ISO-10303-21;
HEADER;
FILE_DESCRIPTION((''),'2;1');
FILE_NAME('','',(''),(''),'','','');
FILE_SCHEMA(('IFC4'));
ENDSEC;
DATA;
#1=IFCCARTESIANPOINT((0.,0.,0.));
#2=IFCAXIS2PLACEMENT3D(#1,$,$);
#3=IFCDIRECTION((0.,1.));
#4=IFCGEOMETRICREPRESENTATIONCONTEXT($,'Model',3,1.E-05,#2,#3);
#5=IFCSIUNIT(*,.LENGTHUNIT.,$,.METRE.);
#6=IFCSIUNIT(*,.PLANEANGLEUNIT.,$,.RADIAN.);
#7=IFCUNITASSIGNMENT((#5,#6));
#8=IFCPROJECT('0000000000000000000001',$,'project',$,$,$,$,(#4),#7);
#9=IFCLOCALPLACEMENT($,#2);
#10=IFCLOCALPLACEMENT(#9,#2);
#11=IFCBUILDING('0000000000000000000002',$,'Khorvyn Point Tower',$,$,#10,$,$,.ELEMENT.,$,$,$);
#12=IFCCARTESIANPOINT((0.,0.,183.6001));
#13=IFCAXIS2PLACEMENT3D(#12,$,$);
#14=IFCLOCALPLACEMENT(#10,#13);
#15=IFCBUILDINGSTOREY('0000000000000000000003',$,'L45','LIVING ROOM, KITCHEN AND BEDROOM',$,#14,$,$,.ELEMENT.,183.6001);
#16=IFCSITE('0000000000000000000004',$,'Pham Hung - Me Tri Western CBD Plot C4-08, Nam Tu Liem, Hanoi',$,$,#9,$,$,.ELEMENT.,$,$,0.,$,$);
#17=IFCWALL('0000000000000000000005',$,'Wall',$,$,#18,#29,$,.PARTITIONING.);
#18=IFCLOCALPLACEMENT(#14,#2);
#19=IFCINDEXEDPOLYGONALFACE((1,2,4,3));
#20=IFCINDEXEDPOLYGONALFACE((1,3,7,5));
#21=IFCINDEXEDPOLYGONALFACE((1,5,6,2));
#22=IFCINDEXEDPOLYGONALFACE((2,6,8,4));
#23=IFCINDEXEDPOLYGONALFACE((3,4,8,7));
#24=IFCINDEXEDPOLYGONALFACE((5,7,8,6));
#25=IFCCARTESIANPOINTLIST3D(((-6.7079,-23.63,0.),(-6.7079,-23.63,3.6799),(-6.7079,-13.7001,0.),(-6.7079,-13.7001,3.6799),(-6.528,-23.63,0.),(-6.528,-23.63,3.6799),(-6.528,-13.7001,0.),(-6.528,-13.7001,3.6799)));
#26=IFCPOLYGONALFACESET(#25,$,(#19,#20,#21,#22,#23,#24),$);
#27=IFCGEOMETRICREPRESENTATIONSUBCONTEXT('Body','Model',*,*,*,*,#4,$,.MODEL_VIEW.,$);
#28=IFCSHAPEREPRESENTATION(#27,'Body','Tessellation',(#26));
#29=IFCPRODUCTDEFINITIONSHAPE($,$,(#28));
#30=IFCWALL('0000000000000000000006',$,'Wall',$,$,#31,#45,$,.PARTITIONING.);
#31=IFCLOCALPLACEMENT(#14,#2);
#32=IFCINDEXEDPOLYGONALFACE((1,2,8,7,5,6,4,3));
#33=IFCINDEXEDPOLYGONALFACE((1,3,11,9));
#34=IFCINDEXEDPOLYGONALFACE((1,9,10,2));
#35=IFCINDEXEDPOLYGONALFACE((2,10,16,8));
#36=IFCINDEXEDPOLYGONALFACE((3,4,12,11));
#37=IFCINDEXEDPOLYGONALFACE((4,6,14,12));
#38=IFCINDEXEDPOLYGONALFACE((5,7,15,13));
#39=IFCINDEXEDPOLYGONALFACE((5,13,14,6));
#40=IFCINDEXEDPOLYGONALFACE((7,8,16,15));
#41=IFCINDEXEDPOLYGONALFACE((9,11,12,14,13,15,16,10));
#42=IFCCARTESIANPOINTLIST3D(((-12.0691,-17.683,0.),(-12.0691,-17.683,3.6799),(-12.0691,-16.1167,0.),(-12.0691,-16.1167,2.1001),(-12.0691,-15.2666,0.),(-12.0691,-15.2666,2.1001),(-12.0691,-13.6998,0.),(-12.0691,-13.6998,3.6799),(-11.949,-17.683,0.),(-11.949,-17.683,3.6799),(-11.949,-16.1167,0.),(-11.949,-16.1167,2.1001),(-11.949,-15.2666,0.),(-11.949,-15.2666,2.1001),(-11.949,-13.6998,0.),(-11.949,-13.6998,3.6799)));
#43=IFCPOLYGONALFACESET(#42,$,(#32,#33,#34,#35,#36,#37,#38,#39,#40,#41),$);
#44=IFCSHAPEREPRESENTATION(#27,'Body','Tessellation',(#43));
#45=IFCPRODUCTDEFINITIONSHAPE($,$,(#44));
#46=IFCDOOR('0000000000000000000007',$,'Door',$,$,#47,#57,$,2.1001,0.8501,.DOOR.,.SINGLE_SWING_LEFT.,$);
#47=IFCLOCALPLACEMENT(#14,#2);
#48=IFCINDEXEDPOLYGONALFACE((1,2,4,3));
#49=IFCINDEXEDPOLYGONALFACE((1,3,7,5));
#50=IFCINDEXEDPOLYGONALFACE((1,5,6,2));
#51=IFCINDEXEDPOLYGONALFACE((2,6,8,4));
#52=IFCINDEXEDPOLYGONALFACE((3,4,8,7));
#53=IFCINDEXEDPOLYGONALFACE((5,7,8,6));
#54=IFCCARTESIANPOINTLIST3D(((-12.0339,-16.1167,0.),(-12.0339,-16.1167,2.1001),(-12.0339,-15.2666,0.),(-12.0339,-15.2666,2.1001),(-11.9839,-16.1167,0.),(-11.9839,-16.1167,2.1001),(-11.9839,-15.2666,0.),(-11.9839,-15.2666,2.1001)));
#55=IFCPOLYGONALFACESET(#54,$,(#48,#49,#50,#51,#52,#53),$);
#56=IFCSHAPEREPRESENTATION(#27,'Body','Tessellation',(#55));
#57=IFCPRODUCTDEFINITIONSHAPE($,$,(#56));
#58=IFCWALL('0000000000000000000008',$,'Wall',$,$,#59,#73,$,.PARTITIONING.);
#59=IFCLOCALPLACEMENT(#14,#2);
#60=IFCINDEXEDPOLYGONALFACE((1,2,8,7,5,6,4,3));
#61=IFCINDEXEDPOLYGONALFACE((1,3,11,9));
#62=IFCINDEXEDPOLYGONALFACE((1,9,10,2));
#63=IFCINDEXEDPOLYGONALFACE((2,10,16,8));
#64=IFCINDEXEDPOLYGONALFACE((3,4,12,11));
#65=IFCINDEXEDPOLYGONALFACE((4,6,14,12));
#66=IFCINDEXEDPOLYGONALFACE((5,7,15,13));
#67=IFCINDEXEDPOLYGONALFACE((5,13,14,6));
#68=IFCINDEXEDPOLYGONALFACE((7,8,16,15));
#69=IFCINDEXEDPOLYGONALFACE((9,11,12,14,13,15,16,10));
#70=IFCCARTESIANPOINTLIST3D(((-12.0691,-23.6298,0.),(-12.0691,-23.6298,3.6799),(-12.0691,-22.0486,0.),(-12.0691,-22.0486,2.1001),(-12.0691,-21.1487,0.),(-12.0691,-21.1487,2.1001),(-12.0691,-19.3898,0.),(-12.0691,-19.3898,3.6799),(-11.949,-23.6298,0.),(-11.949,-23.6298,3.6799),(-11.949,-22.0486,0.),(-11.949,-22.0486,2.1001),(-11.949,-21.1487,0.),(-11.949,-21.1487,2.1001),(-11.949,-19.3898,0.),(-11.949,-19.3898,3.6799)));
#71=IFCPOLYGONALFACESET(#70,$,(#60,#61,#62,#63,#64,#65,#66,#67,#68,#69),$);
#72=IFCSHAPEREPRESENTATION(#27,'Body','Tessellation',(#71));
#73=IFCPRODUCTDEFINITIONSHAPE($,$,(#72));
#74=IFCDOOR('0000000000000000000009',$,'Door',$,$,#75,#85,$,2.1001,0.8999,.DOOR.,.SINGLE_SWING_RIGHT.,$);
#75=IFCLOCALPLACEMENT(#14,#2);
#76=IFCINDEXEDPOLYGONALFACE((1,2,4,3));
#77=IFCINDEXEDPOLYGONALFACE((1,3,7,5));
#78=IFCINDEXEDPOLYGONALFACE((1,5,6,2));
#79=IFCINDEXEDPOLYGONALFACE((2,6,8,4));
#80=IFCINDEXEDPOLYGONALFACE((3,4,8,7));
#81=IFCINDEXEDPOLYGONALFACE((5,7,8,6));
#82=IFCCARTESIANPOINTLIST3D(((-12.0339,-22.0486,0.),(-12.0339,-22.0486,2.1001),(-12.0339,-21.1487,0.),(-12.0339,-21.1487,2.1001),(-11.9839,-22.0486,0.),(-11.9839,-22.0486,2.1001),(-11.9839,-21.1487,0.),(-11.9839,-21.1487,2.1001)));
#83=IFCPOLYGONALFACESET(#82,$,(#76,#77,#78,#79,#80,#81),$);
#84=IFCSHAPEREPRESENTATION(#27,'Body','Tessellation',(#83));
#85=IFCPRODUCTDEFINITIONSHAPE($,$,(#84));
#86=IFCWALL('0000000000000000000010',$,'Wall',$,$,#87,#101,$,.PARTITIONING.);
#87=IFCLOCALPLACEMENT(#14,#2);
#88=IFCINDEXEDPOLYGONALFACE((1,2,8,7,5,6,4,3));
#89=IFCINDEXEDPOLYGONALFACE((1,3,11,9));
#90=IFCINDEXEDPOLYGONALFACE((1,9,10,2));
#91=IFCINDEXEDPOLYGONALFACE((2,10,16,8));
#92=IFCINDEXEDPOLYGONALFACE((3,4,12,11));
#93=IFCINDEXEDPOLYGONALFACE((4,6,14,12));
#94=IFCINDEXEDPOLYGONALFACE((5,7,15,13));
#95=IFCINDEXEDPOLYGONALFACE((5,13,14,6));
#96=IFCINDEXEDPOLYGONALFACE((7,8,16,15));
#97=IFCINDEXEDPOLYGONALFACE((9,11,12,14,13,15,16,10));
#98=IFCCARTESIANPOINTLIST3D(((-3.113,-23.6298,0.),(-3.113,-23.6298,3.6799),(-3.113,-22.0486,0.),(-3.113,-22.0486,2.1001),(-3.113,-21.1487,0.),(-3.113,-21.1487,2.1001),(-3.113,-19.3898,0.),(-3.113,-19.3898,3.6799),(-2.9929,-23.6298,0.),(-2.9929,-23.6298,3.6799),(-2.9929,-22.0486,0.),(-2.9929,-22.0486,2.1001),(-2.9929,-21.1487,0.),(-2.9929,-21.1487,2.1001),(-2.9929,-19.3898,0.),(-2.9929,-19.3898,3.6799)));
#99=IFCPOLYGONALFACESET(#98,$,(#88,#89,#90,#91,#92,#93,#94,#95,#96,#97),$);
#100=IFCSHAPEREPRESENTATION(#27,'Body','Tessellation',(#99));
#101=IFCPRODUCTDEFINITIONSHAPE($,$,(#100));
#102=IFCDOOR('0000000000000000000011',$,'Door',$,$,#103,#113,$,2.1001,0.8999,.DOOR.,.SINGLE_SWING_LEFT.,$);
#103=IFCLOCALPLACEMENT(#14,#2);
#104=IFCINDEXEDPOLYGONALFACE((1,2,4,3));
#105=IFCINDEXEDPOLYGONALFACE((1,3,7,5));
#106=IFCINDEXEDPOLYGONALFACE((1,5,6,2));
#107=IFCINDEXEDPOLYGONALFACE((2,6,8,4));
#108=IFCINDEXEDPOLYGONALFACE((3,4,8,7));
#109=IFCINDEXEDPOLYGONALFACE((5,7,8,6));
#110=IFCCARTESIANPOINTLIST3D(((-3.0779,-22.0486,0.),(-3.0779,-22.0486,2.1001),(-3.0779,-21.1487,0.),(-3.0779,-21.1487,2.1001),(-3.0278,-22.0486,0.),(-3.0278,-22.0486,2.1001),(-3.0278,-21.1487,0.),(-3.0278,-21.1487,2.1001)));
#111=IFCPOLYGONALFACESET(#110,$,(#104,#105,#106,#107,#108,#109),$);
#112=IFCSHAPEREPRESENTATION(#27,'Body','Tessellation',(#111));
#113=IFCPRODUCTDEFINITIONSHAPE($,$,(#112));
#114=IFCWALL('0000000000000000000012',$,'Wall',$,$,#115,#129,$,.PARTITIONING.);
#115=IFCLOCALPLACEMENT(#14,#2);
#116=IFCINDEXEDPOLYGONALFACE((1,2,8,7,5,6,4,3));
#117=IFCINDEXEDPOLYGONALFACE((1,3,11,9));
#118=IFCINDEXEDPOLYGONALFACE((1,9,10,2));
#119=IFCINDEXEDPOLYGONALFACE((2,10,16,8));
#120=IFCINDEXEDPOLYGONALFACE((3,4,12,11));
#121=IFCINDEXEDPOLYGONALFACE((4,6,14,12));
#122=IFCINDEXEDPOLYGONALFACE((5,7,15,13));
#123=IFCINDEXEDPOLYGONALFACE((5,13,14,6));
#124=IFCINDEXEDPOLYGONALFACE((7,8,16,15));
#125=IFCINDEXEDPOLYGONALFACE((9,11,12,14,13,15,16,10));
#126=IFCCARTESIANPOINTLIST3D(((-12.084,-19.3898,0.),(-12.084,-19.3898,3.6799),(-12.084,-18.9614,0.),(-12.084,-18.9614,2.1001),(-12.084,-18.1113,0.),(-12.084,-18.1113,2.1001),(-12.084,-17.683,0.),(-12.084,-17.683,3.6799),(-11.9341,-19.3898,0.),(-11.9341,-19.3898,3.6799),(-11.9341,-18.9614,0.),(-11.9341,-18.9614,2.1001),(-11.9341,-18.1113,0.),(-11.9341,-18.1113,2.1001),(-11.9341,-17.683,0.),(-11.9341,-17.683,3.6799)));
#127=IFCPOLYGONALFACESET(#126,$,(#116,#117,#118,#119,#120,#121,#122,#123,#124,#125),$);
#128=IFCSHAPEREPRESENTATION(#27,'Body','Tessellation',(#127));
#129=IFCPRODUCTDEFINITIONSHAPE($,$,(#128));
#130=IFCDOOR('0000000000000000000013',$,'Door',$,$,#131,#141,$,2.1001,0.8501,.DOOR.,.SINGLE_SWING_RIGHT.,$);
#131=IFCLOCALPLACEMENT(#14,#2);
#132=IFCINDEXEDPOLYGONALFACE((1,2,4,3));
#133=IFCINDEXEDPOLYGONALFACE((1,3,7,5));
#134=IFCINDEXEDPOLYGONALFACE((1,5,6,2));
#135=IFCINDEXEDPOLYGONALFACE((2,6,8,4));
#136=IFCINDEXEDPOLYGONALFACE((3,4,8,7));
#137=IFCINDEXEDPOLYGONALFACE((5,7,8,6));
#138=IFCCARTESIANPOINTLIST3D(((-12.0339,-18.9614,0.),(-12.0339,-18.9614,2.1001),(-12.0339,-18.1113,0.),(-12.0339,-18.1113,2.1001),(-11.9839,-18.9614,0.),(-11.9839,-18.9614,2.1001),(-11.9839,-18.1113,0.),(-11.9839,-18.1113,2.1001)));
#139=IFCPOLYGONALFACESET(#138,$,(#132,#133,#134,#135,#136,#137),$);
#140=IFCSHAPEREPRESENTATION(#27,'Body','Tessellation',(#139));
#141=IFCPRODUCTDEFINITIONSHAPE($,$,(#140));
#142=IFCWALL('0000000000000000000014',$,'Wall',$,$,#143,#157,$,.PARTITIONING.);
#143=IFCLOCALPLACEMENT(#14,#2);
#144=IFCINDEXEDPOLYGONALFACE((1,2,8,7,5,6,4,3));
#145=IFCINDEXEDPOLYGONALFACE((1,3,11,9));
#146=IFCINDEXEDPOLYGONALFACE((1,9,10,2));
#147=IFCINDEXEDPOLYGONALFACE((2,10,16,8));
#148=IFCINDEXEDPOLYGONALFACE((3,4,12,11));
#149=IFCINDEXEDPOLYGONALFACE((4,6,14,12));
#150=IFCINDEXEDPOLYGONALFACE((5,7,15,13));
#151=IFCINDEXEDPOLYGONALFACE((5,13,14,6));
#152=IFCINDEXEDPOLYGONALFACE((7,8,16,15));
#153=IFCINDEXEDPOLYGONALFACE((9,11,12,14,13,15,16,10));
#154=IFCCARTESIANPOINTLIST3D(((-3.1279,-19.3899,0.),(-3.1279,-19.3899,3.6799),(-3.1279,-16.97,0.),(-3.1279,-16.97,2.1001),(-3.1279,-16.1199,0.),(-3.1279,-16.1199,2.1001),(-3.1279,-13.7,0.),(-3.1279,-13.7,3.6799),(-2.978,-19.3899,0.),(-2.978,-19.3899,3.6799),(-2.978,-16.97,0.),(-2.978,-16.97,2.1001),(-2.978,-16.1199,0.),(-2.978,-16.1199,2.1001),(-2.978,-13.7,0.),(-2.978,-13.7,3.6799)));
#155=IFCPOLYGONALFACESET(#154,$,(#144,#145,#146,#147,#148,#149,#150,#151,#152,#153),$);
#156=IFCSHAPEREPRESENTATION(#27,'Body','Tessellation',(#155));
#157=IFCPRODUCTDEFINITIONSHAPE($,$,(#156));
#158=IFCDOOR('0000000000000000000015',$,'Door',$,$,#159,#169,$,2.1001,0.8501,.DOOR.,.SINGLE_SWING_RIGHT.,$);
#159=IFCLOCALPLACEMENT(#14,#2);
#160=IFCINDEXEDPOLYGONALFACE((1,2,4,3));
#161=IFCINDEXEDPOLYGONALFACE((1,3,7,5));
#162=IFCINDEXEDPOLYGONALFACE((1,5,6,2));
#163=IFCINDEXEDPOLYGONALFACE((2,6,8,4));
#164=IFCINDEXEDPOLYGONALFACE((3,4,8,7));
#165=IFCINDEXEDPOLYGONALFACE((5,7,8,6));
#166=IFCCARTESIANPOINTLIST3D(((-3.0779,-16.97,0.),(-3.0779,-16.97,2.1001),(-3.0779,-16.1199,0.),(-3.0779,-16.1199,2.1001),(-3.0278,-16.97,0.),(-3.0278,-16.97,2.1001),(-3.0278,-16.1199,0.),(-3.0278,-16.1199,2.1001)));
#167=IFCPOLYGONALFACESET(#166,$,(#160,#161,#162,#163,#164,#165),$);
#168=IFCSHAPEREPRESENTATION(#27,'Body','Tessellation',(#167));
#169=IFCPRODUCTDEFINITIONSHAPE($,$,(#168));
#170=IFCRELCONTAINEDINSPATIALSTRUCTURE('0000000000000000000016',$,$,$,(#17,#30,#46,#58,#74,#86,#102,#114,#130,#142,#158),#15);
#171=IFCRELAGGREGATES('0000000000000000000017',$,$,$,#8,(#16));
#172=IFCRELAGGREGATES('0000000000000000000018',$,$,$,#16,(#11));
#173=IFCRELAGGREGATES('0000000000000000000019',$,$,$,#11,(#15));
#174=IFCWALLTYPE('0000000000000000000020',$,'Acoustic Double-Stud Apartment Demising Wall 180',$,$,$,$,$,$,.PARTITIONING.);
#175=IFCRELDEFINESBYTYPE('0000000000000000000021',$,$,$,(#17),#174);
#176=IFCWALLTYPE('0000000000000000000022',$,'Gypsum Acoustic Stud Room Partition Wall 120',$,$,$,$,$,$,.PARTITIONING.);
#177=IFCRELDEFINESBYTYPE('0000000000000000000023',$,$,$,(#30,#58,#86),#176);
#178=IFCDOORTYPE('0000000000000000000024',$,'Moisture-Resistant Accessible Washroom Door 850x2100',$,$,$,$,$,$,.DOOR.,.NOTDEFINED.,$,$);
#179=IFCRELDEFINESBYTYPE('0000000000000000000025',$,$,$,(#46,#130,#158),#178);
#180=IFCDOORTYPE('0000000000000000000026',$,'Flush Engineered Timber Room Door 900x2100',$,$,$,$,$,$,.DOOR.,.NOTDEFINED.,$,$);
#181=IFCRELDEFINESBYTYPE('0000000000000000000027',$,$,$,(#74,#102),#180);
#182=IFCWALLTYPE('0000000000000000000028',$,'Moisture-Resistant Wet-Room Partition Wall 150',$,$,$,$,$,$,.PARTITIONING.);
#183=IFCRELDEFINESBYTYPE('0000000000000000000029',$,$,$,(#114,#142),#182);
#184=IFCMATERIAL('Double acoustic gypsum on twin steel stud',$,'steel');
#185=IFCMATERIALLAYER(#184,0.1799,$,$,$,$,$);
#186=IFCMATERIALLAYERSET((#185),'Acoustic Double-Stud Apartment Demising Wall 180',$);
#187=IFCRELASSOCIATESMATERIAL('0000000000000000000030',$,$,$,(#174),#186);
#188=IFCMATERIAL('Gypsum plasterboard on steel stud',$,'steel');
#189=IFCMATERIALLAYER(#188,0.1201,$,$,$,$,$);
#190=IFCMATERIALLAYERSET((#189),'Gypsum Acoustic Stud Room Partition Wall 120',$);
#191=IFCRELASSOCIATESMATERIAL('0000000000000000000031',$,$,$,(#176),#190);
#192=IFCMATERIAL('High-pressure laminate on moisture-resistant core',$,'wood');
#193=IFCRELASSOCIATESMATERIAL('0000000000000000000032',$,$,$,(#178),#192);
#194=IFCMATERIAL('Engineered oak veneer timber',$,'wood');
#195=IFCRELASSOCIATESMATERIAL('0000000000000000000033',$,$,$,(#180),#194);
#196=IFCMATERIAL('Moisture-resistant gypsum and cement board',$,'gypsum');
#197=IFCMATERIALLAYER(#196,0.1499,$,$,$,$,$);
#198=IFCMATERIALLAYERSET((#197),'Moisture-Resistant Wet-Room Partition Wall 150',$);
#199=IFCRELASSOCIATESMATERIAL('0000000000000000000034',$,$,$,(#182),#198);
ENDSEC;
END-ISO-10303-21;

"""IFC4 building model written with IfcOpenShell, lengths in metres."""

from ifc_helpers import new_model, si_unit, direction, frame, frame_2d, origin, place, context, subcontext, project, spatial, rectangle, extrude, material, layer, layer_set, type_object, element, fill, save


model = new_model("IFC4")

# Units and contexts
model_context = context("Model", 3, precision=1e-05, world=origin(), true_north=direction((0.0, 1.0)))
body_context = subcontext(model_context, "Body", "Model", "MODEL_VIEW")
ifc_project = project(units=[si_unit("LENGTHUNIT", "METRE"), si_unit("PLANEANGLEUNIT", "RADIAN")], contexts=[model_context])

# Site, building, storey
site_placement = place(None, origin())
site = spatial("IfcSite", under=ifc_project, at=site_placement, Name="Pham Hung - Me Tri Western CBD Plot C4-08, Nam Tu Liem, Hanoi", CompositionType="ELEMENT", RefElevation=0.0)
building_placement = place(site_placement, origin())
building = spatial("IfcBuilding", under=site, at=building_placement, Name="Khorvyn Point Tower", CompositionType="ELEMENT")
storey_placement = place(building_placement, frame((0.0, 0.0, 183.6001)))
storey = spatial("IfcBuildingStorey", under=building, at=storey_placement, Name="L45", Description="LIVING ROOM, KITCHEN AND BEDROOM", CompositionType="ELEMENT", Elevation=183.6001)

# Shared definitions
ifc_material_1 = material(Name="Double acoustic gypsum on twin steel stud", Category="steel")
ifc_layer_1 = layer(ifc_material_1, 0.1799)
ifc_layer_set_1 = layer_set([ifc_layer_1], Name="Acoustic Double-Stud Apartment Demising Wall 180")
wall_type_1 = type_object("IfcWallType", Name="Acoustic Double-Stud Apartment Demising Wall 180", PredefinedType="PARTITIONING", material=ifc_layer_set_1)

# Wall
wall_1_placement = place(storey_placement, frame((-6.6179, -23.6299, 0.0), z_axis=(0.0, 0.0, 1.0), x_axis=(0.0, 1.0, 0.0)))
element("IfcWall", 1, at=wall_1_placement, inside=storey, type_object=wall_type_1, Name="Wall", PredefinedType="PARTITIONING", context=body_context, shape_type="SweptSolid", body=[
    extrude(rectangle(XDim=9.9299, YDim=0.1799, at=frame_2d((4.9648, 0.0))), origin(), (0.0, 0.0, 1.0), 3.6799),
])

# Walls, openings, doors
ifc_material_2 = material(Name="Gypsum plasterboard on steel stud", Category="steel")
ifc_layer_2 = layer(ifc_material_2, 0.1201)
ifc_layer_set_2 = layer_set([ifc_layer_2], Name="Gypsum Acoustic Stud Room Partition Wall 120")
wall_type_2 = type_object("IfcWallType", Name="Gypsum Acoustic Stud Room Partition Wall 120", PredefinedType="PARTITIONING", material=ifc_layer_set_2)
wall_2_placement = place(storey_placement, frame((-12.009, -17.6831, 0.0), z_axis=(0.0, 0.0, 1.0), x_axis=(0.0, 1.0, 0.0)))
wall_2 = element("IfcWall", 2, at=wall_2_placement, inside=storey, type_object=wall_type_2, Name="Wall", PredefinedType="PARTITIONING", context=body_context, shape_type="SweptSolid", body=[
    extrude(rectangle(XDim=3.9832, YDim=0.1201, at=frame_2d((1.9917, 0.0))), origin(), (0.0, 0.0, 1.0), 3.6799),
])
opening_1_placement = place(wall_2_placement, frame((1.5664, 0.0, 0.0)))
opening_1 = element("IfcOpeningElement", 3, at=opening_1_placement, cuts=wall_2, PredefinedType="OPENING", context=body_context, shape_type="SweptSolid", body=[
    extrude(rectangle(XDim=0.8501, YDim=2.1001, at=frame_2d((0.425, 1.05))), frame((0.0, 0.0701, 0.0), z_axis=(0.0, -1.0, 0.0), x_axis=(1.0, 0.0, 0.0)), (0.0, 0.0, 1.0), 0.1401),
])
ifc_material_3 = material(Name="High-pressure laminate on moisture-resistant core", Category="wood")
door_type_1 = type_object("IfcDoorType", Name="Moisture-Resistant Accessible Washroom Door 850x2100", OperationType="NOTDEFINED", PredefinedType="DOOR", material=ifc_material_3)
door_1_placement = place(opening_1_placement, origin())
door_1 = element("IfcDoor", 4, at=door_1_placement, inside=storey, type_object=door_type_1, Name="Door", OperationType="SINGLE_SWING_LEFT", OverallHeight=2.1001, OverallWidth=0.8501, PredefinedType="DOOR", context=body_context, shape_type="SweptSolid", body=[
    extrude(rectangle(XDim=0.8501, YDim=2.1001, at=frame_2d((0.425, 1.05))), frame((0.0, 0.0249, 0.0), z_axis=(0.0, -1.0, 0.0), x_axis=(1.0, 0.0, 0.0)), (0.0, 0.0, 1.0), 0.05),
])
fill(opening_1, door_1)
wall_3_placement = place(storey_placement, frame((-12.009, -23.6299, 0.0), z_axis=(0.0, 0.0, 1.0), x_axis=(0.0, 1.0, 0.0)))
wall_3 = element("IfcWall", 5, at=wall_3_placement, inside=storey, type_object=wall_type_2, Name="Wall", PredefinedType="PARTITIONING", context=body_context, shape_type="SweptSolid", body=[
    extrude(rectangle(XDim=4.24, YDim=0.1201, at=frame_2d((2.1201, 0.0))), origin(), (0.0, 0.0, 1.0), 3.6799),
])
opening_2_placement = place(wall_3_placement, frame((1.5813, 0.0, 0.0)))
opening_2 = element("IfcOpeningElement", 6, at=opening_2_placement, cuts=wall_3, PredefinedType="OPENING", context=body_context, shape_type="SweptSolid", body=[
    extrude(rectangle(XDim=0.8999, YDim=2.1001, at=frame_2d((0.45, 1.05))), frame((0.0, 0.0701, 0.0), z_axis=(0.0, -1.0, 0.0), x_axis=(1.0, 0.0, 0.0)), (0.0, 0.0, 1.0), 0.1401),
])
ifc_material_4 = material(Name="Engineered oak veneer timber", Category="wood")
door_type_2 = type_object("IfcDoorType", Name="Flush Engineered Timber Room Door 900x2100", OperationType="NOTDEFINED", PredefinedType="DOOR", material=ifc_material_4)
door_2_placement = place(opening_2_placement, origin())
door_2 = element("IfcDoor", 7, at=door_2_placement, inside=storey, type_object=door_type_2, Name="Door", OperationType="SINGLE_SWING_RIGHT", OverallHeight=2.1001, OverallWidth=0.8999, PredefinedType="DOOR", context=body_context, shape_type="SweptSolid", body=[
    extrude(rectangle(XDim=0.8999, YDim=2.1001, at=frame_2d((0.45, 1.05))), frame((0.0, 0.0249, 0.0), z_axis=(0.0, -1.0, 0.0), x_axis=(1.0, 0.0, 0.0)), (0.0, 0.0, 1.0), 0.05),
])
fill(opening_2, door_2)
wall_4_placement = place(storey_placement, frame((-3.053, -23.6299, 0.0), z_axis=(0.0, 0.0, 1.0), x_axis=(0.0, 1.0, 0.0)))
wall_4 = element("IfcWall", 8, at=wall_4_placement, inside=storey, type_object=wall_type_2, Name="Wall", PredefinedType="PARTITIONING", context=body_context, shape_type="SweptSolid", body=[
    extrude(rectangle(XDim=4.24, YDim=0.1201, at=frame_2d((2.1201, 0.0))), origin(), (0.0, 0.0, 1.0), 3.6799),
])
opening_3_placement = place(wall_4_placement, frame((1.5813, 0.0, 0.0)))
opening_3 = element("IfcOpeningElement", 9, at=opening_3_placement, cuts=wall_4, PredefinedType="OPENING", context=body_context, shape_type="SweptSolid", body=[
    extrude(rectangle(XDim=0.8999, YDim=2.1001, at=frame_2d((0.45, 1.05))), frame((0.0, 0.0701, 0.0), z_axis=(0.0, -1.0, 0.0), x_axis=(1.0, 0.0, 0.0)), (0.0, 0.0, 1.0), 0.1401),
])
door_3_placement = place(opening_3_placement, origin())
door_3 = element("IfcDoor", 10, at=door_3_placement, inside=storey, type_object=door_type_2, Name="Door", OperationType="SINGLE_SWING_LEFT", OverallHeight=2.1001, OverallWidth=0.8999, PredefinedType="DOOR", context=body_context, shape_type="SweptSolid", body=[
    extrude(rectangle(XDim=0.8999, YDim=2.1001, at=frame_2d((0.45, 1.05))), frame((0.0, 0.0249, 0.0), z_axis=(0.0, -1.0, 0.0), x_axis=(1.0, 0.0, 0.0)), (0.0, 0.0, 1.0), 0.05),
])
fill(opening_3, door_3)
ifc_material_5 = material(Name="Moisture-resistant gypsum and cement board", Category="gypsum")
ifc_layer_3 = layer(ifc_material_5, 0.1499)
ifc_layer_set_3 = layer_set([ifc_layer_3], Name="Moisture-Resistant Wet-Room Partition Wall 150")
wall_type_3 = type_object("IfcWallType", Name="Moisture-Resistant Wet-Room Partition Wall 150", PredefinedType="PARTITIONING", material=ifc_layer_set_3)
wall_5_placement = place(storey_placement, frame((-12.009, -19.3899, 0.0), z_axis=(0.0, 0.0, 1.0), x_axis=(0.0, 1.0, 0.0)))
wall_5 = element("IfcWall", 11, at=wall_5_placement, inside=storey, type_object=wall_type_3, Name="Wall", PredefinedType="PARTITIONING", context=body_context, shape_type="SweptSolid", body=[
    extrude(rectangle(XDim=1.7068, YDim=0.1499, at=frame_2d((0.8535, 0.0))), origin(), (0.0, 0.0, 1.0), 3.6799),
])
opening_4_placement = place(wall_5_placement, frame((0.4285, 0.0, 0.0)))
opening_4 = element("IfcOpeningElement", 12, at=opening_4_placement, cuts=wall_5, PredefinedType="OPENING", context=body_context, shape_type="SweptSolid", body=[
    extrude(rectangle(XDim=0.8501, YDim=2.1001, at=frame_2d((0.425, 1.05))), frame((0.0, 0.085, 0.0), z_axis=(0.0, -1.0, 0.0), x_axis=(1.0, 0.0, 0.0)), (0.0, 0.0, 1.0), 0.1699),
])
door_4_placement = place(opening_4_placement, origin())
door_4 = element("IfcDoor", 13, at=door_4_placement, inside=storey, type_object=door_type_1, Name="Door", OperationType="SINGLE_SWING_RIGHT", OverallHeight=2.1001, OverallWidth=0.8501, PredefinedType="DOOR", context=body_context, shape_type="SweptSolid", body=[
    extrude(rectangle(XDim=0.8501, YDim=2.1001, at=frame_2d((0.425, 1.05))), frame((0.0, 0.0249, 0.0), z_axis=(0.0, -1.0, 0.0), x_axis=(1.0, 0.0, 0.0)), (0.0, 0.0, 1.0), 0.05),
])
fill(opening_4, door_4)
wall_6_placement = place(storey_placement, frame((-3.053, -19.3899, 0.0), z_axis=(0.0, 0.0, 1.0), x_axis=(0.0, 1.0, 0.0)))
wall_6 = element("IfcWall", 14, at=wall_6_placement, inside=storey, type_object=wall_type_3, Name="Wall", PredefinedType="PARTITIONING", context=body_context, shape_type="SweptSolid", body=[
    extrude(rectangle(XDim=5.6899, YDim=0.1499, at=frame_2d((2.845, 0.0))), origin(), (0.0, 0.0, 1.0), 3.6799),
])
opening_5_placement = place(wall_6_placement, frame((2.4199, 0.0, 0.0)))
opening_5 = element("IfcOpeningElement", 15, at=opening_5_placement, cuts=wall_6, PredefinedType="OPENING", context=body_context, shape_type="SweptSolid", body=[
    extrude(rectangle(XDim=0.8501, YDim=2.1001, at=frame_2d((0.425, 1.05))), frame((0.0, 0.085, 0.0), z_axis=(0.0, -1.0, 0.0), x_axis=(1.0, 0.0, 0.0)), (0.0, 0.0, 1.0), 0.1699),
])
door_5_placement = place(opening_5_placement, origin())
door_5 = element("IfcDoor", 16, at=door_5_placement, inside=storey, type_object=door_type_1, Name="Door", OperationType="SINGLE_SWING_RIGHT", OverallHeight=2.1001, OverallWidth=0.8501, PredefinedType="DOOR", context=body_context, shape_type="SweptSolid", body=[
    extrude(rectangle(XDim=0.8501, YDim=2.1001, at=frame_2d((0.425, 1.05))), frame((0.0, 0.0249, 0.0), z_axis=(0.0, -1.0, 0.0), x_axis=(1.0, 0.0, 0.0)), (0.0, 0.0, 1.0), 0.05),
])
fill(opening_5, door_5)

save(model, "model.ifc")
